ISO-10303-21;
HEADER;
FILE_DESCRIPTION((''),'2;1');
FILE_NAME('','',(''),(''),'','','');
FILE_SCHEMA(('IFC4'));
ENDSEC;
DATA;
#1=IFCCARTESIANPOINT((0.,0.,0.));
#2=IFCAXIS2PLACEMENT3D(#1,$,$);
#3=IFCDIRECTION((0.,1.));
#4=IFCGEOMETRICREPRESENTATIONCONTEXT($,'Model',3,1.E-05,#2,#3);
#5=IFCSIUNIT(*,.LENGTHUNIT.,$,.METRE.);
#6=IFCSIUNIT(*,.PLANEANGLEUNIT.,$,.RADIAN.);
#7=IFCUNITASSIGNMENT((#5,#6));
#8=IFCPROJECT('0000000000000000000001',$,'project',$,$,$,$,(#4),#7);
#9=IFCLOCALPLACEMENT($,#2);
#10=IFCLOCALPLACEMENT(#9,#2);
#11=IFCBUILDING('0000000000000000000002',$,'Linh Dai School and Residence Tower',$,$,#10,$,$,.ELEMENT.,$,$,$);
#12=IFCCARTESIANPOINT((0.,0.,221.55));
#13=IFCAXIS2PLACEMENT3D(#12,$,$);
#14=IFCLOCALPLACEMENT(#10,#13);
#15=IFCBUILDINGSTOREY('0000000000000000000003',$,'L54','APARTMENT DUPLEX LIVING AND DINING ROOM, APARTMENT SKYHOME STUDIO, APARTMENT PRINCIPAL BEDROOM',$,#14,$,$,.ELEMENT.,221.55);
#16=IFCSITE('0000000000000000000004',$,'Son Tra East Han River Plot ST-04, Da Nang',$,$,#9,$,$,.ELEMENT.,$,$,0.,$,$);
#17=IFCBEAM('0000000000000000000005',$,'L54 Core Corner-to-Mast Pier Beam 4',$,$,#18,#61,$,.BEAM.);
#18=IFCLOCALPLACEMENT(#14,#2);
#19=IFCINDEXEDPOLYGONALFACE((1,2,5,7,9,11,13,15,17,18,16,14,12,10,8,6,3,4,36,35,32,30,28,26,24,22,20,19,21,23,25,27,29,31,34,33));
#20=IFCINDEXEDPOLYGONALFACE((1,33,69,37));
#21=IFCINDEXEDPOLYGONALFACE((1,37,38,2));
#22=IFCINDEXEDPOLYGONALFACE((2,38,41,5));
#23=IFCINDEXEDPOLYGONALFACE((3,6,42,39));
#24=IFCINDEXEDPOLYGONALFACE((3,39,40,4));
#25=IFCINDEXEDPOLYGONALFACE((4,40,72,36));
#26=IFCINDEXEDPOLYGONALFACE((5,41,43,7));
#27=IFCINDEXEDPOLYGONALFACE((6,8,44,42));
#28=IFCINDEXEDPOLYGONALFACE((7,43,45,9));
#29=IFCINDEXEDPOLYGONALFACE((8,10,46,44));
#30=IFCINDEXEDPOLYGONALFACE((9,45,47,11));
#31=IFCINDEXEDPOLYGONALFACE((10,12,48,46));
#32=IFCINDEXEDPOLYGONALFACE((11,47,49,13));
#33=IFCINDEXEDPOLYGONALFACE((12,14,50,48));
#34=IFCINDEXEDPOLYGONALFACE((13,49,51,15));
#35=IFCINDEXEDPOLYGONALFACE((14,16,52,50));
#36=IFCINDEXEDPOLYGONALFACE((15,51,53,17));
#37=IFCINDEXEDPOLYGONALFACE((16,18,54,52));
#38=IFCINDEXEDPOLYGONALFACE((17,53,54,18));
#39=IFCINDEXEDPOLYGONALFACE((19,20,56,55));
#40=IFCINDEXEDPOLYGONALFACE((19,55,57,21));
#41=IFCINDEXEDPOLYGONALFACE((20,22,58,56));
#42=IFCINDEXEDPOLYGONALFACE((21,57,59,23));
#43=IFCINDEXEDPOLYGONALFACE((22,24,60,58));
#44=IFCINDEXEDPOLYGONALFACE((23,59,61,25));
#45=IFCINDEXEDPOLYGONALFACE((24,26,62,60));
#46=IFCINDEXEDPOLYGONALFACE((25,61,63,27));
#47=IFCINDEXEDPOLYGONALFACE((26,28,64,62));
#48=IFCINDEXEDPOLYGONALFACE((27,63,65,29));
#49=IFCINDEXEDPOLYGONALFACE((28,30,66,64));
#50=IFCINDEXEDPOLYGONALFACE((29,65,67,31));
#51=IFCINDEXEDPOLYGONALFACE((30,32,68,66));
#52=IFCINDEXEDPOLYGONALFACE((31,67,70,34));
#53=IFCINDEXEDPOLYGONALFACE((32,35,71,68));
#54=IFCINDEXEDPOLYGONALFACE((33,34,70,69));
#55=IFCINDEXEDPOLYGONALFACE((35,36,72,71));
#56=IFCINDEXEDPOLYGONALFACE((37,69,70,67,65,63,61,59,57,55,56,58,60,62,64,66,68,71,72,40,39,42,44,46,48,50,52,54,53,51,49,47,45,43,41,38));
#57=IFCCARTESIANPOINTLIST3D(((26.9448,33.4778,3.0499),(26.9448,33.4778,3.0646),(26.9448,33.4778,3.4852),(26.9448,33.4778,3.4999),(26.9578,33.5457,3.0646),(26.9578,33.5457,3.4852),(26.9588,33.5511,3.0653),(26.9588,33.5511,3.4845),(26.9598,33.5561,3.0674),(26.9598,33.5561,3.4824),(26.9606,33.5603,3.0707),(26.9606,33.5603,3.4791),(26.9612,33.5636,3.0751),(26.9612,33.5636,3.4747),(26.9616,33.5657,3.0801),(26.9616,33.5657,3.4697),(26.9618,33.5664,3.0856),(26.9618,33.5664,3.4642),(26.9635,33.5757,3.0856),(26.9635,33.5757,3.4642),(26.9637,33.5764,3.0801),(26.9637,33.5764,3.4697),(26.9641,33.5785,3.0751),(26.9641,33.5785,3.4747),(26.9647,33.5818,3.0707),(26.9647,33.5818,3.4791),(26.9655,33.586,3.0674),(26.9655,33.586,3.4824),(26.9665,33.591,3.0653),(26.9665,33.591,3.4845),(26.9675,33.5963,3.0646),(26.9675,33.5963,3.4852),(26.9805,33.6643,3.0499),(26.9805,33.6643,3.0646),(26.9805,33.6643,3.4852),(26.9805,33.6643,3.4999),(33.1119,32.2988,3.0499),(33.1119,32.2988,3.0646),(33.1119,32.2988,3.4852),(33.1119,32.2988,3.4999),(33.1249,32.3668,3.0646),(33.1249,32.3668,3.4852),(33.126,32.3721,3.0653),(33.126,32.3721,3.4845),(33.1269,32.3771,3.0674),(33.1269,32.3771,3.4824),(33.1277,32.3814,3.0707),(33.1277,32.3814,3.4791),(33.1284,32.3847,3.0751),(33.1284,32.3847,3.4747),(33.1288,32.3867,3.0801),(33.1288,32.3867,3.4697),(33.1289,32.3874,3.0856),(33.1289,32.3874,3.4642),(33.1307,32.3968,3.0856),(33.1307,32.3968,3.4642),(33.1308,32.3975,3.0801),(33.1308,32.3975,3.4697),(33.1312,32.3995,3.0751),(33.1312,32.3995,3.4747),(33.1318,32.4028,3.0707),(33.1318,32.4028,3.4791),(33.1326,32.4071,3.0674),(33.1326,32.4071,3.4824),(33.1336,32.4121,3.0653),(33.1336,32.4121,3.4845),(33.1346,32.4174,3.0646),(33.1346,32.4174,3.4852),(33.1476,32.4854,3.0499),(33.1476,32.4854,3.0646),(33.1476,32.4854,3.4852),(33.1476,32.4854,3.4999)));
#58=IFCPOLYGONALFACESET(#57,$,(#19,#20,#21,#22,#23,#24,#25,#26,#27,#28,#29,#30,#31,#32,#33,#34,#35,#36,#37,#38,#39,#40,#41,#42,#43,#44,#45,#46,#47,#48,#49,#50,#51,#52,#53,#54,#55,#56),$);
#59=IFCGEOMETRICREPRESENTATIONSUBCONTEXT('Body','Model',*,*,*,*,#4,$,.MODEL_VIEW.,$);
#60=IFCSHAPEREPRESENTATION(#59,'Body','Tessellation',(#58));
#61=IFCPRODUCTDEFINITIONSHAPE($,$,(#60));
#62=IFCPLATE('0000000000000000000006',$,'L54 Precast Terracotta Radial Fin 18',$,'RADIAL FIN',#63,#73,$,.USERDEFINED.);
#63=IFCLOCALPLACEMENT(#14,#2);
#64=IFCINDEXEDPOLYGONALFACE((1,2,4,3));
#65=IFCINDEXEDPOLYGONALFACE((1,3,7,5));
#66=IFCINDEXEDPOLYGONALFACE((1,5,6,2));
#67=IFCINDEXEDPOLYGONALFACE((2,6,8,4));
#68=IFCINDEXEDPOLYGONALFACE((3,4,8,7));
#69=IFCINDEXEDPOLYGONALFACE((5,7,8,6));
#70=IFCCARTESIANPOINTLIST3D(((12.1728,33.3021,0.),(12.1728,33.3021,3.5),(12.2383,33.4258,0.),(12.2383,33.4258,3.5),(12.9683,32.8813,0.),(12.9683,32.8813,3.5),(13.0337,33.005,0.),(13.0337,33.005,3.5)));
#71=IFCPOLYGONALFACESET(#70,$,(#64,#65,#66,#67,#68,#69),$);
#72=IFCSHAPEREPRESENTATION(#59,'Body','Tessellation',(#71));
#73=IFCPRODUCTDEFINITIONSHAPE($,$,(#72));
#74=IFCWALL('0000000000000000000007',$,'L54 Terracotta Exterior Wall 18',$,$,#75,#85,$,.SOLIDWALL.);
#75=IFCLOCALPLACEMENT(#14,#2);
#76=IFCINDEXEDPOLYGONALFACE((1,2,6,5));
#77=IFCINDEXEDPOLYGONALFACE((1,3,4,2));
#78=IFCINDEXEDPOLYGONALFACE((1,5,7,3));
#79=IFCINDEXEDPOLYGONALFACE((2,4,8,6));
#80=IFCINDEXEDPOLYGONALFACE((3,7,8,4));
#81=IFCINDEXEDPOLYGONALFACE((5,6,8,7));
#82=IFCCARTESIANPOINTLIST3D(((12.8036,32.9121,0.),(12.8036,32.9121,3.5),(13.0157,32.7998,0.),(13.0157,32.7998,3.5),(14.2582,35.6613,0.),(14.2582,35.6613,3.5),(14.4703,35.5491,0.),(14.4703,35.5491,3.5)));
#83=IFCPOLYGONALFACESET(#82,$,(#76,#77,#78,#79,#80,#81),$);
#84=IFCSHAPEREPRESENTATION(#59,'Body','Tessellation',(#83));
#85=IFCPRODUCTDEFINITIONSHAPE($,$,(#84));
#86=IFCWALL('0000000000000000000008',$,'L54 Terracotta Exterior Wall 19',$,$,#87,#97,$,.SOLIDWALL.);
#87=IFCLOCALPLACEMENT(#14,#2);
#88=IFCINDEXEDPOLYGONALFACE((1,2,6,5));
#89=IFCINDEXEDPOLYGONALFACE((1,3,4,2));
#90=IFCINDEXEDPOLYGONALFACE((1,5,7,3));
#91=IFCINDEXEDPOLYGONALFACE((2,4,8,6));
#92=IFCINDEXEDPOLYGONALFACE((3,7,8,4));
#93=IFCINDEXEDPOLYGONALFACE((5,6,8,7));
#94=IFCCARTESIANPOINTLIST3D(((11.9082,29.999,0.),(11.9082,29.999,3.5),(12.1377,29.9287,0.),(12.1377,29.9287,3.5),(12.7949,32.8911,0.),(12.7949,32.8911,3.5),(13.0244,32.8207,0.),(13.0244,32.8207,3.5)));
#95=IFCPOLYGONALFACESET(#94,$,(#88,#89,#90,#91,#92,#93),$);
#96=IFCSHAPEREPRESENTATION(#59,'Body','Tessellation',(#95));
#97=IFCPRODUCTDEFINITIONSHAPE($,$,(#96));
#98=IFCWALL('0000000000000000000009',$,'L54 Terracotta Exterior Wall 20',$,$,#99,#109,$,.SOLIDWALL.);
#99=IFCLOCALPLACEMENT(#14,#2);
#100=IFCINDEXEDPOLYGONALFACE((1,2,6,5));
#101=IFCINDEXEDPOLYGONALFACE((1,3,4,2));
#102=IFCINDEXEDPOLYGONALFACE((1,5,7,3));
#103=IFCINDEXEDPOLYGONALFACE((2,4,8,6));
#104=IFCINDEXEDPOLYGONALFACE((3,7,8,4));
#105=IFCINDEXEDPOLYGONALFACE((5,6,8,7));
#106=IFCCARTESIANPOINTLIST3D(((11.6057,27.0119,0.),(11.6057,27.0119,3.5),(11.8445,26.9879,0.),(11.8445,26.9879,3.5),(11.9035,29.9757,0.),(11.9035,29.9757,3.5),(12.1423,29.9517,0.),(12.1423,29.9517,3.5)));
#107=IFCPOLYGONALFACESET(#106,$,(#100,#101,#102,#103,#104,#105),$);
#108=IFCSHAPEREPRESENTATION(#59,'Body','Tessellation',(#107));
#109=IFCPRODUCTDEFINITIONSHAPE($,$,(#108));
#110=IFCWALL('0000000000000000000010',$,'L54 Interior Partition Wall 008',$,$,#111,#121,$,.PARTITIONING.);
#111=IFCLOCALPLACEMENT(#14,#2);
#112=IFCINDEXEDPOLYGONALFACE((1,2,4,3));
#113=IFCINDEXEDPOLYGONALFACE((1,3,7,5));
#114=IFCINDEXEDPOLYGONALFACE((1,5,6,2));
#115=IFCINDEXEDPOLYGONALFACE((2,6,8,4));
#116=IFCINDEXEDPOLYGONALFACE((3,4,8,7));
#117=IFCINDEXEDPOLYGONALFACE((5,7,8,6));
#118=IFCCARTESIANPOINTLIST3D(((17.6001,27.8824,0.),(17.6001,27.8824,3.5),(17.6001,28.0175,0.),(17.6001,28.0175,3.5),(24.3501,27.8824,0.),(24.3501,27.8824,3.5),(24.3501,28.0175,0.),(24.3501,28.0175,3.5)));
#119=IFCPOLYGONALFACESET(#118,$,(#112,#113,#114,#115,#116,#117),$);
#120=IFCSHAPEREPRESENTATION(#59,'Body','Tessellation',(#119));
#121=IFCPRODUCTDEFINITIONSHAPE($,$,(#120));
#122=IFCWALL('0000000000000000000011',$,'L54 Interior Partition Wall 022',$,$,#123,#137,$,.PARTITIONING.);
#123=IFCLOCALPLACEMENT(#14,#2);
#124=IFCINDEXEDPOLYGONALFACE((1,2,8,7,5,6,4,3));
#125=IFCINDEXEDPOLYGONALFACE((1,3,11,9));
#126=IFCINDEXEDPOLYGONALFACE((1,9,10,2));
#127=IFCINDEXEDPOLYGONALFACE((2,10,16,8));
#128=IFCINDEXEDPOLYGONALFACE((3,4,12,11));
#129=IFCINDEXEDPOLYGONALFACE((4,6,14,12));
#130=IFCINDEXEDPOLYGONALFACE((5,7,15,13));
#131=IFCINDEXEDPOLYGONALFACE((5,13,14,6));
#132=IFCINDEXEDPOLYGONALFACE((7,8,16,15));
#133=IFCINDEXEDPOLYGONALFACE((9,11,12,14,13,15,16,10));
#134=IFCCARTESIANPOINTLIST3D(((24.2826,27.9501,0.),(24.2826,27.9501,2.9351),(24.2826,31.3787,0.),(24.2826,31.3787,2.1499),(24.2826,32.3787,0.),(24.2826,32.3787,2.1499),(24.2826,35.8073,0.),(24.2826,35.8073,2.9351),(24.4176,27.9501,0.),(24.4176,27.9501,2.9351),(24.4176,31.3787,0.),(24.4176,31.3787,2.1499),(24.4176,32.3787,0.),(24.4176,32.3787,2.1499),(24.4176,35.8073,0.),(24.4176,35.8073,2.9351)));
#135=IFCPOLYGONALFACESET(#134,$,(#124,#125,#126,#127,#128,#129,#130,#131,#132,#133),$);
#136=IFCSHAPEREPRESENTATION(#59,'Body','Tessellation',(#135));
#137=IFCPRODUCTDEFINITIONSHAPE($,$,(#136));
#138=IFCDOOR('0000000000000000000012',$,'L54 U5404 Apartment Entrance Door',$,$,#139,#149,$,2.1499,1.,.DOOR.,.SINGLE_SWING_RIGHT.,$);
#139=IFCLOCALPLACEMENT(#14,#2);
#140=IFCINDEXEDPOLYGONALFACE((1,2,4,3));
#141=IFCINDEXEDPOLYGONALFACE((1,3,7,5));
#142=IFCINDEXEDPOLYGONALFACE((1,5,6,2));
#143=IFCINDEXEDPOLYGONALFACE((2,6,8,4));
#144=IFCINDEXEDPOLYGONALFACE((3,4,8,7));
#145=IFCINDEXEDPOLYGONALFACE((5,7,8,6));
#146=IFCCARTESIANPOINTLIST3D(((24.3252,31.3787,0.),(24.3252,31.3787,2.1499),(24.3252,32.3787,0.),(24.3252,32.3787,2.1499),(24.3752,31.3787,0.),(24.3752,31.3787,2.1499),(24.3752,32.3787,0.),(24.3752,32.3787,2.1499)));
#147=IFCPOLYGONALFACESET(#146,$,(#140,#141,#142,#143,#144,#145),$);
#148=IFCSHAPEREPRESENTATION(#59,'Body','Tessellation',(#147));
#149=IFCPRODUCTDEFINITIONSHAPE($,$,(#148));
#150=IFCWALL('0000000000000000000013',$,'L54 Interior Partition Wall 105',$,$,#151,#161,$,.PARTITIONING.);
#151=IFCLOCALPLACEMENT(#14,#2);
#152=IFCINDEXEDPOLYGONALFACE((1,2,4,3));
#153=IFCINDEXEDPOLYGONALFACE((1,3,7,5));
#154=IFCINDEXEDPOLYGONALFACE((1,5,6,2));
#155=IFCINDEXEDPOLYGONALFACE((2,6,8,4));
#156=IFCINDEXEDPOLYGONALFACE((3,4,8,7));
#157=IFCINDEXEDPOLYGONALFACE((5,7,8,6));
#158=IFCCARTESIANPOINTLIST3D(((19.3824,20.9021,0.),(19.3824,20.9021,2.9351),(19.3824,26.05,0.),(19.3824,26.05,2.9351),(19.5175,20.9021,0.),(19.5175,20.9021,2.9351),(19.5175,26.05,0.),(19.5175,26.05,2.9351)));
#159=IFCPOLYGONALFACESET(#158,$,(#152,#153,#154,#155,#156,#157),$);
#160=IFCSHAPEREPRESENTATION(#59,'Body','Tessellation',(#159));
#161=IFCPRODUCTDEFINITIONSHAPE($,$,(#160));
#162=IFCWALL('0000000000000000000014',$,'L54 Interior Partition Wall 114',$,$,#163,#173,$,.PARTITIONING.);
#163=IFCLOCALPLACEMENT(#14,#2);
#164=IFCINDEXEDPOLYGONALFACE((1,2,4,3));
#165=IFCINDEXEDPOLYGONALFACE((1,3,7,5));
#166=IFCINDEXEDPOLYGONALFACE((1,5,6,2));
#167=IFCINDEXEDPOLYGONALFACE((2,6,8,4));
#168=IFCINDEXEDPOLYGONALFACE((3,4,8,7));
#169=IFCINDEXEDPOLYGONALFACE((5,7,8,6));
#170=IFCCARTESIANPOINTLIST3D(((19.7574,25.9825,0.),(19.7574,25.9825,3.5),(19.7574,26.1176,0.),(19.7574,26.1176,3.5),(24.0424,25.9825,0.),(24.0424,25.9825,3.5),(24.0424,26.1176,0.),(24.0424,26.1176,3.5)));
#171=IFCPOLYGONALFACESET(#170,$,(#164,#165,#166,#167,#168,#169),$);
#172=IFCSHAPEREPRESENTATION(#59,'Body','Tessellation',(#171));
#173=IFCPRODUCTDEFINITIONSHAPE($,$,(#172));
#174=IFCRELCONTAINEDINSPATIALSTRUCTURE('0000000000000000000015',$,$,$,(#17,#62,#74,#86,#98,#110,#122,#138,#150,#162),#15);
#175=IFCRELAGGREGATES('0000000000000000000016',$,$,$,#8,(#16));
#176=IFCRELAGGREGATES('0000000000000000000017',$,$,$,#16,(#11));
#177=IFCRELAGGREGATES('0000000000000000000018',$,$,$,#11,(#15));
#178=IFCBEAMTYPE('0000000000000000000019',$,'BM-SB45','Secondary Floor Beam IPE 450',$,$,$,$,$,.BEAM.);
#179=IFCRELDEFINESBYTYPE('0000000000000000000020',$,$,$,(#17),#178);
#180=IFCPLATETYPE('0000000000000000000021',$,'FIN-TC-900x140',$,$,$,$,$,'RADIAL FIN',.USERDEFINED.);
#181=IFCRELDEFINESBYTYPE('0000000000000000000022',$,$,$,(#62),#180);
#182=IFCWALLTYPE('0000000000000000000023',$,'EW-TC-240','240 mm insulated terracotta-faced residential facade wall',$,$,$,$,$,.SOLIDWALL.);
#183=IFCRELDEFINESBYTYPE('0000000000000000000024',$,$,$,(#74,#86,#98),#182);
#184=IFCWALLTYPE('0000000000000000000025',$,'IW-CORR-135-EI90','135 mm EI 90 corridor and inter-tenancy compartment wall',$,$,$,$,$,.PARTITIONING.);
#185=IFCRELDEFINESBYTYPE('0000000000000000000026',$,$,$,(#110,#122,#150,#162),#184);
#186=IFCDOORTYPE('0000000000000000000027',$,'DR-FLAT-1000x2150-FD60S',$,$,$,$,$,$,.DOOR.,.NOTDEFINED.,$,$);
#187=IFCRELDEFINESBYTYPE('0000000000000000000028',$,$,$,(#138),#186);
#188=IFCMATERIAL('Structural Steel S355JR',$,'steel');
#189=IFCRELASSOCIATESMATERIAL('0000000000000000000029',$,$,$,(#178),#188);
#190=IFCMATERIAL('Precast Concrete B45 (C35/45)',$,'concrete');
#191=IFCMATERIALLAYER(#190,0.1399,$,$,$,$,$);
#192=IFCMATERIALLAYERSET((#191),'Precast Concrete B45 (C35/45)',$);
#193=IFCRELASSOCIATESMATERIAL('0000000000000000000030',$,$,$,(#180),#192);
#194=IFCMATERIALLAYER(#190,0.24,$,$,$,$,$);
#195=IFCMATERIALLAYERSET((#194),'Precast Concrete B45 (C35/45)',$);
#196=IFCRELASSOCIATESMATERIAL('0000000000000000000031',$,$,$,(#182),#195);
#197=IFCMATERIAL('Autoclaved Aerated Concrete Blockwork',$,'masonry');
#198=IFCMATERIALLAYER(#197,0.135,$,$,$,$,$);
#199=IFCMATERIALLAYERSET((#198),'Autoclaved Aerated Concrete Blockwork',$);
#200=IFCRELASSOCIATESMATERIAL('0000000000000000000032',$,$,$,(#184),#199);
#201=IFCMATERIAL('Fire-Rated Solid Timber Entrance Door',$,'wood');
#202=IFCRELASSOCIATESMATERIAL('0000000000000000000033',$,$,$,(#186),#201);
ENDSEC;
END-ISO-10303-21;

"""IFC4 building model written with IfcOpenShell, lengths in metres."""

from ifc_helpers import new_model, si_unit, direction, frame, frame_2d, origin, origin_2d, place, context, subcontext, project, spatial, rectangle, i_section, extrude, source, transform, mapped, material, layer, layer_set, material_profile, profile_set, type_object, element, fill, save


model = new_model("IFC4")

# Units and contexts
model_context = context("Model", 3, precision=1e-05, world=origin(), true_north=direction((0.0, 1.0)))
body_context = subcontext(model_context, "Body", "Model", "MODEL_VIEW")
ifc_project = project(units=[si_unit("LENGTHUNIT", "METRE"), si_unit("PLANEANGLEUNIT", "RADIAN")], contexts=[model_context])

# Site, building, storey
site_placement = place(None, origin())
site = spatial("IfcSite", under=ifc_project, at=site_placement, Name="Son Tra East Han River Plot ST-04, Da Nang", CompositionType="ELEMENT", RefElevation=0.0)
building_placement = place(site_placement, origin())
building = spatial("IfcBuilding", under=site, at=building_placement, Name="Linh Dai School and Residence Tower", CompositionType="ELEMENT")
storey_placement = place(building_placement, frame((0.0, 0.0, 221.55)))
storey = spatial("IfcBuildingStorey", under=building, at=storey_placement, Name="L54", Description="APARTMENT DUPLEX LIVING AND DINING ROOM, APARTMENT SKYHOME STUDIO, APARTMENT PRINCIPAL BEDROOM", CompositionType="ELEMENT", Elevation=221.55)

# Shared definitions
ifc_material_1 = material(Name="Structural Steel S355JR", Category="steel")

# Beam
ifc_material_profile_1 = material_profile(ifc_material_1, i_section(OverallWidth=0.1899, OverallDepth=0.45, WebThickness=0.0095, FlangeThickness=0.0146, FilletRadius=0.021, at=origin_2d()), Name="IPE 450")
ifc_profile_set_1 = profile_set([ifc_material_profile_1], Name="Structural Steel S355JR")
beam_type_1 = type_object("IfcBeamType", Name="BM-SB45", Description="Secondary Floor Beam IPE 450", PredefinedType="BEAM", material=ifc_profile_set_1)
beam_1_placement = place(storey_placement, frame((26.9626, 33.571, 3.2749), z_axis=(0.982214, -0.187764, 0.0), x_axis=(0.187764, 0.982214, 0.0)))
element("IfcBeam", 1, at=beam_1_placement, inside=storey, type_object=beam_type_1, Name="L54 Core Corner-to-Mast Pier Beam 4", PredefinedType="BEAM", context=body_context, shape_type="SweptSolid", body=[
    extrude(i_section(OverallWidth=0.1899, OverallDepth=0.45, WebThickness=0.0095, FlangeThickness=0.0146, FilletRadius=0.021, at=origin_2d()), origin(), (0.0, 0.0, 1.0), 6.2788),
])

# Plate
ifc_material_2 = material(Name="Precast Concrete B45 (C35/45)", Category="concrete")
ifc_layer_1 = layer(ifc_material_2, 0.1399)
ifc_layer_set_1 = layer_set([ifc_layer_1], Name="Precast Concrete B45 (C35/45)")
plate_type = type_object("IfcPlateType", Name="FIN-TC-900x140", ElementType="RADIAL FIN", PredefinedType="USERDEFINED", material=ifc_layer_set_1)
shared_shape_1 = source(origin(), body_context, "Body", "SweptSolid", [
    extrude(rectangle(XDim=0.8999, YDim=0.1399, at=origin_2d()), origin(), (0.0, 0.0, 1.0), 3.5),
])
plate_placement = place(storey_placement, frame((12.6033, 33.1536, 0.0), z_axis=(0.0, 0.0, 1.0), x_axis=(-0.883929, 0.467621, 0.0)))
element("IfcPlate", 2, at=plate_placement, inside=storey, type_object=plate_type, Name="L54 Precast Terracotta Radial Fin 18", ObjectType="RADIAL FIN", PredefinedType="USERDEFINED", context=body_context, shape_type="MappedRepresentation", body=[
    mapped(shared_shape_1, transform((0.0, 0.0, 0.0), x_axis=(1.0, 0.0, 0.0), y_axis=(0.0, 1.0, 0.0), z_axis=(0.0, 0.0, 1.0), scale=1.0)),
])

# Walls
ifc_layer_2 = layer(ifc_material_2, 0.24)
ifc_layer_set_2 = layer_set([ifc_layer_2], Name="Precast Concrete B45 (C35/45)")
wall_type_1 = type_object("IfcWallType", Name="EW-TC-240", Description="240 mm insulated terracotta-faced residential facade wall", PredefinedType="SOLIDWALL", material=ifc_layer_set_2)
wall_1_placement = place(storey_placement, frame((12.9097, 32.856, 0.0), z_axis=(0.0, 0.0, 1.0), x_axis=(0.46766, 0.883908, 0.0)))
element("IfcWall", 3, at=wall_1_placement, inside=storey, type_object=wall_type_1, Name="L54 Terracotta Exterior Wall 18", PredefinedType="SOLIDWALL", context=body_context, shape_type="SweptSolid", body=[
    extrude(rectangle(XDim=3.1104, YDim=0.24, at=frame_2d((1.5552, 0.0))), origin(), (0.0, 0.0, 1.0), 3.5),
])
wall_2_placement = place(storey_placement, frame((12.0229, 29.9639, 0.0), z_axis=(0.0, 0.0, 1.0), x_axis=(0.293133, 0.956072, 0.0)))
element("IfcWall", 4, at=wall_2_placement, inside=storey, type_object=wall_type_1, Name="L54 Terracotta Exterior Wall 19", PredefinedType="SOLIDWALL", context=body_context, shape_type="SweptSolid", body=[
    extrude(rectangle(XDim=3.0249, YDim=0.24, at=frame_2d((1.5125, 0.0))), origin(), (0.0, 0.0, 1.0), 3.5),
])
wall_3_placement = place(storey_placement, frame((11.7251, 27.0, 0.0), z_axis=(0.0, 0.0, 1.0), x_axis=(0.099991, 0.994988, 0.0)))
element("IfcWall", 5, at=wall_3_placement, inside=storey, type_object=wall_type_1, Name="L54 Terracotta Exterior Wall 20", PredefinedType="SOLIDWALL", context=body_context, shape_type="SweptSolid", body=[
    extrude(rectangle(XDim=2.9788, YDim=0.24, at=frame_2d((1.4893, 0.0))), origin(), (0.0, 0.0, 1.0), 3.5),
])
ifc_material_3 = material(Name="Autoclaved Aerated Concrete Blockwork", Category="masonry")
ifc_layer_3 = layer(ifc_material_3, 0.135)
ifc_layer_set_3 = layer_set([ifc_layer_3], Name="Autoclaved Aerated Concrete Blockwork")
wall_type_2 = type_object("IfcWallType", Name="IW-CORR-135-EI90", Description="135 mm EI 90 corridor and inter-tenancy compartment wall", PredefinedType="PARTITIONING", material=ifc_layer_set_3)
wall_4_placement = place(storey_placement, frame((17.6001, 27.95, 0.0), z_axis=(0.0, 0.0, 1.0), x_axis=(1.0, 0.0, 0.0)))
element("IfcWall", 6, at=wall_4_placement, inside=storey, type_object=wall_type_2, Name="L54 Interior Partition Wall 008", PredefinedType="PARTITIONING", context=body_context, shape_type="SweptSolid", body=[
    extrude(rectangle(XDim=6.75, YDim=0.135, at=frame_2d((3.375, 0.0))), origin(), (0.0, 0.0, 1.0), 3.5),
])

# Wall, opening, door
wall_5_placement = place(storey_placement, frame((24.3501, 27.95, 0.0), z_axis=(0.0, 0.0, 1.0), x_axis=(0.0, 1.0, 0.0)))
wall_5 = element("IfcWall", 7, at=wall_5_placement, inside=storey, type_object=wall_type_2, Name="L54 Interior Partition Wall 022", PredefinedType="PARTITIONING", context=body_context, shape_type="SweptSolid", body=[
    extrude(rectangle(XDim=7.8572, YDim=0.135, at=frame_2d((3.9287, 0.0))), origin(), (0.0, 0.0, 1.0), 2.9351),
])
opening_1_placement = place(wall_5_placement, frame((3.4287, 0.0, 0.0)))
opening_1 = element("IfcOpeningElement", 8, at=opening_1_placement, cuts=wall_5, PredefinedType="OPENING", context=body_context, shape_type="SweptSolid", body=[
    extrude(rectangle(XDim=1.0, YDim=2.1499, at=origin_2d()), frame((0.5, 0.0776, 1.075), z_axis=(0.0, -1.0, 0.0), x_axis=(1.0, 0.0, 0.0)), (0.0, 0.0, 1.0), 0.155),
])
ifc_material_4 = material(Name="Fire-Rated Solid Timber Entrance Door", Category="wood")
door_type_1 = type_object("IfcDoorType", Name="DR-FLAT-1000x2150-FD60S", OperationType="NOTDEFINED", PredefinedType="DOOR", material=ifc_material_4)
shared_shape_2 = source(origin(), body_context, "Body", "SweptSolid", [
    extrude(rectangle(XDim=1.0, YDim=2.1499, at=origin_2d()), frame((0.5, 0.0249, 1.075), z_axis=(0.0, -1.0, 0.0), x_axis=(1.0, 0.0, 0.0)), (0.0, 0.0, 1.0), 0.05),
])
door_1_placement = place(opening_1_placement, origin())
door_1 = element("IfcDoor", 9, at=door_1_placement, inside=storey, type_object=door_type_1, Name="L54 U5404 Apartment Entrance Door", OperationType="SINGLE_SWING_RIGHT", OverallHeight=2.1499, OverallWidth=1.0, PredefinedType="DOOR", context=body_context, shape_type="MappedRepresentation", body=[
    mapped(shared_shape_2, transform((0.0, 0.0, 0.0), x_axis=(1.0, 0.0, 0.0), y_axis=(0.0, 1.0, 0.0), z_axis=(0.0, 0.0, 1.0), scale=1.0)),
])
fill(opening_1, door_1)

# Walls
wall_6_placement = place(storey_placement, frame((19.45, 26.05, 0.0), z_axis=(0.0, 0.0, 1.0), x_axis=(0.0, -1.0, 0.0)))
element("IfcWall", 10, at=wall_6_placement, inside=storey, type_object=wall_type_2, Name="L54 Interior Partition Wall 105", PredefinedType="PARTITIONING", context=body_context, shape_type="SweptSolid", body=[
    extrude(rectangle(XDim=5.1479, YDim=0.135, at=frame_2d((2.574, 0.0))), origin(), (0.0, 0.0, 1.0), 2.9351),
])
wall_7_placement = place(storey_placement, frame((24.0425, 26.05, 0.0), z_axis=(0.0, 0.0, 1.0), x_axis=(-1.0, 0.0, 0.0)))
element("IfcWall", 11, at=wall_7_placement, inside=storey, type_object=wall_type_2, Name="L54 Interior Partition Wall 114", PredefinedType="PARTITIONING", context=body_context, shape_type="SweptSolid", body=[
    extrude(rectangle(XDim=4.2849, YDim=0.135, at=frame_2d((2.1426, 0.0))), origin(), (0.0, 0.0, 1.0), 3.5),
])

save(model, "model.ifc")
